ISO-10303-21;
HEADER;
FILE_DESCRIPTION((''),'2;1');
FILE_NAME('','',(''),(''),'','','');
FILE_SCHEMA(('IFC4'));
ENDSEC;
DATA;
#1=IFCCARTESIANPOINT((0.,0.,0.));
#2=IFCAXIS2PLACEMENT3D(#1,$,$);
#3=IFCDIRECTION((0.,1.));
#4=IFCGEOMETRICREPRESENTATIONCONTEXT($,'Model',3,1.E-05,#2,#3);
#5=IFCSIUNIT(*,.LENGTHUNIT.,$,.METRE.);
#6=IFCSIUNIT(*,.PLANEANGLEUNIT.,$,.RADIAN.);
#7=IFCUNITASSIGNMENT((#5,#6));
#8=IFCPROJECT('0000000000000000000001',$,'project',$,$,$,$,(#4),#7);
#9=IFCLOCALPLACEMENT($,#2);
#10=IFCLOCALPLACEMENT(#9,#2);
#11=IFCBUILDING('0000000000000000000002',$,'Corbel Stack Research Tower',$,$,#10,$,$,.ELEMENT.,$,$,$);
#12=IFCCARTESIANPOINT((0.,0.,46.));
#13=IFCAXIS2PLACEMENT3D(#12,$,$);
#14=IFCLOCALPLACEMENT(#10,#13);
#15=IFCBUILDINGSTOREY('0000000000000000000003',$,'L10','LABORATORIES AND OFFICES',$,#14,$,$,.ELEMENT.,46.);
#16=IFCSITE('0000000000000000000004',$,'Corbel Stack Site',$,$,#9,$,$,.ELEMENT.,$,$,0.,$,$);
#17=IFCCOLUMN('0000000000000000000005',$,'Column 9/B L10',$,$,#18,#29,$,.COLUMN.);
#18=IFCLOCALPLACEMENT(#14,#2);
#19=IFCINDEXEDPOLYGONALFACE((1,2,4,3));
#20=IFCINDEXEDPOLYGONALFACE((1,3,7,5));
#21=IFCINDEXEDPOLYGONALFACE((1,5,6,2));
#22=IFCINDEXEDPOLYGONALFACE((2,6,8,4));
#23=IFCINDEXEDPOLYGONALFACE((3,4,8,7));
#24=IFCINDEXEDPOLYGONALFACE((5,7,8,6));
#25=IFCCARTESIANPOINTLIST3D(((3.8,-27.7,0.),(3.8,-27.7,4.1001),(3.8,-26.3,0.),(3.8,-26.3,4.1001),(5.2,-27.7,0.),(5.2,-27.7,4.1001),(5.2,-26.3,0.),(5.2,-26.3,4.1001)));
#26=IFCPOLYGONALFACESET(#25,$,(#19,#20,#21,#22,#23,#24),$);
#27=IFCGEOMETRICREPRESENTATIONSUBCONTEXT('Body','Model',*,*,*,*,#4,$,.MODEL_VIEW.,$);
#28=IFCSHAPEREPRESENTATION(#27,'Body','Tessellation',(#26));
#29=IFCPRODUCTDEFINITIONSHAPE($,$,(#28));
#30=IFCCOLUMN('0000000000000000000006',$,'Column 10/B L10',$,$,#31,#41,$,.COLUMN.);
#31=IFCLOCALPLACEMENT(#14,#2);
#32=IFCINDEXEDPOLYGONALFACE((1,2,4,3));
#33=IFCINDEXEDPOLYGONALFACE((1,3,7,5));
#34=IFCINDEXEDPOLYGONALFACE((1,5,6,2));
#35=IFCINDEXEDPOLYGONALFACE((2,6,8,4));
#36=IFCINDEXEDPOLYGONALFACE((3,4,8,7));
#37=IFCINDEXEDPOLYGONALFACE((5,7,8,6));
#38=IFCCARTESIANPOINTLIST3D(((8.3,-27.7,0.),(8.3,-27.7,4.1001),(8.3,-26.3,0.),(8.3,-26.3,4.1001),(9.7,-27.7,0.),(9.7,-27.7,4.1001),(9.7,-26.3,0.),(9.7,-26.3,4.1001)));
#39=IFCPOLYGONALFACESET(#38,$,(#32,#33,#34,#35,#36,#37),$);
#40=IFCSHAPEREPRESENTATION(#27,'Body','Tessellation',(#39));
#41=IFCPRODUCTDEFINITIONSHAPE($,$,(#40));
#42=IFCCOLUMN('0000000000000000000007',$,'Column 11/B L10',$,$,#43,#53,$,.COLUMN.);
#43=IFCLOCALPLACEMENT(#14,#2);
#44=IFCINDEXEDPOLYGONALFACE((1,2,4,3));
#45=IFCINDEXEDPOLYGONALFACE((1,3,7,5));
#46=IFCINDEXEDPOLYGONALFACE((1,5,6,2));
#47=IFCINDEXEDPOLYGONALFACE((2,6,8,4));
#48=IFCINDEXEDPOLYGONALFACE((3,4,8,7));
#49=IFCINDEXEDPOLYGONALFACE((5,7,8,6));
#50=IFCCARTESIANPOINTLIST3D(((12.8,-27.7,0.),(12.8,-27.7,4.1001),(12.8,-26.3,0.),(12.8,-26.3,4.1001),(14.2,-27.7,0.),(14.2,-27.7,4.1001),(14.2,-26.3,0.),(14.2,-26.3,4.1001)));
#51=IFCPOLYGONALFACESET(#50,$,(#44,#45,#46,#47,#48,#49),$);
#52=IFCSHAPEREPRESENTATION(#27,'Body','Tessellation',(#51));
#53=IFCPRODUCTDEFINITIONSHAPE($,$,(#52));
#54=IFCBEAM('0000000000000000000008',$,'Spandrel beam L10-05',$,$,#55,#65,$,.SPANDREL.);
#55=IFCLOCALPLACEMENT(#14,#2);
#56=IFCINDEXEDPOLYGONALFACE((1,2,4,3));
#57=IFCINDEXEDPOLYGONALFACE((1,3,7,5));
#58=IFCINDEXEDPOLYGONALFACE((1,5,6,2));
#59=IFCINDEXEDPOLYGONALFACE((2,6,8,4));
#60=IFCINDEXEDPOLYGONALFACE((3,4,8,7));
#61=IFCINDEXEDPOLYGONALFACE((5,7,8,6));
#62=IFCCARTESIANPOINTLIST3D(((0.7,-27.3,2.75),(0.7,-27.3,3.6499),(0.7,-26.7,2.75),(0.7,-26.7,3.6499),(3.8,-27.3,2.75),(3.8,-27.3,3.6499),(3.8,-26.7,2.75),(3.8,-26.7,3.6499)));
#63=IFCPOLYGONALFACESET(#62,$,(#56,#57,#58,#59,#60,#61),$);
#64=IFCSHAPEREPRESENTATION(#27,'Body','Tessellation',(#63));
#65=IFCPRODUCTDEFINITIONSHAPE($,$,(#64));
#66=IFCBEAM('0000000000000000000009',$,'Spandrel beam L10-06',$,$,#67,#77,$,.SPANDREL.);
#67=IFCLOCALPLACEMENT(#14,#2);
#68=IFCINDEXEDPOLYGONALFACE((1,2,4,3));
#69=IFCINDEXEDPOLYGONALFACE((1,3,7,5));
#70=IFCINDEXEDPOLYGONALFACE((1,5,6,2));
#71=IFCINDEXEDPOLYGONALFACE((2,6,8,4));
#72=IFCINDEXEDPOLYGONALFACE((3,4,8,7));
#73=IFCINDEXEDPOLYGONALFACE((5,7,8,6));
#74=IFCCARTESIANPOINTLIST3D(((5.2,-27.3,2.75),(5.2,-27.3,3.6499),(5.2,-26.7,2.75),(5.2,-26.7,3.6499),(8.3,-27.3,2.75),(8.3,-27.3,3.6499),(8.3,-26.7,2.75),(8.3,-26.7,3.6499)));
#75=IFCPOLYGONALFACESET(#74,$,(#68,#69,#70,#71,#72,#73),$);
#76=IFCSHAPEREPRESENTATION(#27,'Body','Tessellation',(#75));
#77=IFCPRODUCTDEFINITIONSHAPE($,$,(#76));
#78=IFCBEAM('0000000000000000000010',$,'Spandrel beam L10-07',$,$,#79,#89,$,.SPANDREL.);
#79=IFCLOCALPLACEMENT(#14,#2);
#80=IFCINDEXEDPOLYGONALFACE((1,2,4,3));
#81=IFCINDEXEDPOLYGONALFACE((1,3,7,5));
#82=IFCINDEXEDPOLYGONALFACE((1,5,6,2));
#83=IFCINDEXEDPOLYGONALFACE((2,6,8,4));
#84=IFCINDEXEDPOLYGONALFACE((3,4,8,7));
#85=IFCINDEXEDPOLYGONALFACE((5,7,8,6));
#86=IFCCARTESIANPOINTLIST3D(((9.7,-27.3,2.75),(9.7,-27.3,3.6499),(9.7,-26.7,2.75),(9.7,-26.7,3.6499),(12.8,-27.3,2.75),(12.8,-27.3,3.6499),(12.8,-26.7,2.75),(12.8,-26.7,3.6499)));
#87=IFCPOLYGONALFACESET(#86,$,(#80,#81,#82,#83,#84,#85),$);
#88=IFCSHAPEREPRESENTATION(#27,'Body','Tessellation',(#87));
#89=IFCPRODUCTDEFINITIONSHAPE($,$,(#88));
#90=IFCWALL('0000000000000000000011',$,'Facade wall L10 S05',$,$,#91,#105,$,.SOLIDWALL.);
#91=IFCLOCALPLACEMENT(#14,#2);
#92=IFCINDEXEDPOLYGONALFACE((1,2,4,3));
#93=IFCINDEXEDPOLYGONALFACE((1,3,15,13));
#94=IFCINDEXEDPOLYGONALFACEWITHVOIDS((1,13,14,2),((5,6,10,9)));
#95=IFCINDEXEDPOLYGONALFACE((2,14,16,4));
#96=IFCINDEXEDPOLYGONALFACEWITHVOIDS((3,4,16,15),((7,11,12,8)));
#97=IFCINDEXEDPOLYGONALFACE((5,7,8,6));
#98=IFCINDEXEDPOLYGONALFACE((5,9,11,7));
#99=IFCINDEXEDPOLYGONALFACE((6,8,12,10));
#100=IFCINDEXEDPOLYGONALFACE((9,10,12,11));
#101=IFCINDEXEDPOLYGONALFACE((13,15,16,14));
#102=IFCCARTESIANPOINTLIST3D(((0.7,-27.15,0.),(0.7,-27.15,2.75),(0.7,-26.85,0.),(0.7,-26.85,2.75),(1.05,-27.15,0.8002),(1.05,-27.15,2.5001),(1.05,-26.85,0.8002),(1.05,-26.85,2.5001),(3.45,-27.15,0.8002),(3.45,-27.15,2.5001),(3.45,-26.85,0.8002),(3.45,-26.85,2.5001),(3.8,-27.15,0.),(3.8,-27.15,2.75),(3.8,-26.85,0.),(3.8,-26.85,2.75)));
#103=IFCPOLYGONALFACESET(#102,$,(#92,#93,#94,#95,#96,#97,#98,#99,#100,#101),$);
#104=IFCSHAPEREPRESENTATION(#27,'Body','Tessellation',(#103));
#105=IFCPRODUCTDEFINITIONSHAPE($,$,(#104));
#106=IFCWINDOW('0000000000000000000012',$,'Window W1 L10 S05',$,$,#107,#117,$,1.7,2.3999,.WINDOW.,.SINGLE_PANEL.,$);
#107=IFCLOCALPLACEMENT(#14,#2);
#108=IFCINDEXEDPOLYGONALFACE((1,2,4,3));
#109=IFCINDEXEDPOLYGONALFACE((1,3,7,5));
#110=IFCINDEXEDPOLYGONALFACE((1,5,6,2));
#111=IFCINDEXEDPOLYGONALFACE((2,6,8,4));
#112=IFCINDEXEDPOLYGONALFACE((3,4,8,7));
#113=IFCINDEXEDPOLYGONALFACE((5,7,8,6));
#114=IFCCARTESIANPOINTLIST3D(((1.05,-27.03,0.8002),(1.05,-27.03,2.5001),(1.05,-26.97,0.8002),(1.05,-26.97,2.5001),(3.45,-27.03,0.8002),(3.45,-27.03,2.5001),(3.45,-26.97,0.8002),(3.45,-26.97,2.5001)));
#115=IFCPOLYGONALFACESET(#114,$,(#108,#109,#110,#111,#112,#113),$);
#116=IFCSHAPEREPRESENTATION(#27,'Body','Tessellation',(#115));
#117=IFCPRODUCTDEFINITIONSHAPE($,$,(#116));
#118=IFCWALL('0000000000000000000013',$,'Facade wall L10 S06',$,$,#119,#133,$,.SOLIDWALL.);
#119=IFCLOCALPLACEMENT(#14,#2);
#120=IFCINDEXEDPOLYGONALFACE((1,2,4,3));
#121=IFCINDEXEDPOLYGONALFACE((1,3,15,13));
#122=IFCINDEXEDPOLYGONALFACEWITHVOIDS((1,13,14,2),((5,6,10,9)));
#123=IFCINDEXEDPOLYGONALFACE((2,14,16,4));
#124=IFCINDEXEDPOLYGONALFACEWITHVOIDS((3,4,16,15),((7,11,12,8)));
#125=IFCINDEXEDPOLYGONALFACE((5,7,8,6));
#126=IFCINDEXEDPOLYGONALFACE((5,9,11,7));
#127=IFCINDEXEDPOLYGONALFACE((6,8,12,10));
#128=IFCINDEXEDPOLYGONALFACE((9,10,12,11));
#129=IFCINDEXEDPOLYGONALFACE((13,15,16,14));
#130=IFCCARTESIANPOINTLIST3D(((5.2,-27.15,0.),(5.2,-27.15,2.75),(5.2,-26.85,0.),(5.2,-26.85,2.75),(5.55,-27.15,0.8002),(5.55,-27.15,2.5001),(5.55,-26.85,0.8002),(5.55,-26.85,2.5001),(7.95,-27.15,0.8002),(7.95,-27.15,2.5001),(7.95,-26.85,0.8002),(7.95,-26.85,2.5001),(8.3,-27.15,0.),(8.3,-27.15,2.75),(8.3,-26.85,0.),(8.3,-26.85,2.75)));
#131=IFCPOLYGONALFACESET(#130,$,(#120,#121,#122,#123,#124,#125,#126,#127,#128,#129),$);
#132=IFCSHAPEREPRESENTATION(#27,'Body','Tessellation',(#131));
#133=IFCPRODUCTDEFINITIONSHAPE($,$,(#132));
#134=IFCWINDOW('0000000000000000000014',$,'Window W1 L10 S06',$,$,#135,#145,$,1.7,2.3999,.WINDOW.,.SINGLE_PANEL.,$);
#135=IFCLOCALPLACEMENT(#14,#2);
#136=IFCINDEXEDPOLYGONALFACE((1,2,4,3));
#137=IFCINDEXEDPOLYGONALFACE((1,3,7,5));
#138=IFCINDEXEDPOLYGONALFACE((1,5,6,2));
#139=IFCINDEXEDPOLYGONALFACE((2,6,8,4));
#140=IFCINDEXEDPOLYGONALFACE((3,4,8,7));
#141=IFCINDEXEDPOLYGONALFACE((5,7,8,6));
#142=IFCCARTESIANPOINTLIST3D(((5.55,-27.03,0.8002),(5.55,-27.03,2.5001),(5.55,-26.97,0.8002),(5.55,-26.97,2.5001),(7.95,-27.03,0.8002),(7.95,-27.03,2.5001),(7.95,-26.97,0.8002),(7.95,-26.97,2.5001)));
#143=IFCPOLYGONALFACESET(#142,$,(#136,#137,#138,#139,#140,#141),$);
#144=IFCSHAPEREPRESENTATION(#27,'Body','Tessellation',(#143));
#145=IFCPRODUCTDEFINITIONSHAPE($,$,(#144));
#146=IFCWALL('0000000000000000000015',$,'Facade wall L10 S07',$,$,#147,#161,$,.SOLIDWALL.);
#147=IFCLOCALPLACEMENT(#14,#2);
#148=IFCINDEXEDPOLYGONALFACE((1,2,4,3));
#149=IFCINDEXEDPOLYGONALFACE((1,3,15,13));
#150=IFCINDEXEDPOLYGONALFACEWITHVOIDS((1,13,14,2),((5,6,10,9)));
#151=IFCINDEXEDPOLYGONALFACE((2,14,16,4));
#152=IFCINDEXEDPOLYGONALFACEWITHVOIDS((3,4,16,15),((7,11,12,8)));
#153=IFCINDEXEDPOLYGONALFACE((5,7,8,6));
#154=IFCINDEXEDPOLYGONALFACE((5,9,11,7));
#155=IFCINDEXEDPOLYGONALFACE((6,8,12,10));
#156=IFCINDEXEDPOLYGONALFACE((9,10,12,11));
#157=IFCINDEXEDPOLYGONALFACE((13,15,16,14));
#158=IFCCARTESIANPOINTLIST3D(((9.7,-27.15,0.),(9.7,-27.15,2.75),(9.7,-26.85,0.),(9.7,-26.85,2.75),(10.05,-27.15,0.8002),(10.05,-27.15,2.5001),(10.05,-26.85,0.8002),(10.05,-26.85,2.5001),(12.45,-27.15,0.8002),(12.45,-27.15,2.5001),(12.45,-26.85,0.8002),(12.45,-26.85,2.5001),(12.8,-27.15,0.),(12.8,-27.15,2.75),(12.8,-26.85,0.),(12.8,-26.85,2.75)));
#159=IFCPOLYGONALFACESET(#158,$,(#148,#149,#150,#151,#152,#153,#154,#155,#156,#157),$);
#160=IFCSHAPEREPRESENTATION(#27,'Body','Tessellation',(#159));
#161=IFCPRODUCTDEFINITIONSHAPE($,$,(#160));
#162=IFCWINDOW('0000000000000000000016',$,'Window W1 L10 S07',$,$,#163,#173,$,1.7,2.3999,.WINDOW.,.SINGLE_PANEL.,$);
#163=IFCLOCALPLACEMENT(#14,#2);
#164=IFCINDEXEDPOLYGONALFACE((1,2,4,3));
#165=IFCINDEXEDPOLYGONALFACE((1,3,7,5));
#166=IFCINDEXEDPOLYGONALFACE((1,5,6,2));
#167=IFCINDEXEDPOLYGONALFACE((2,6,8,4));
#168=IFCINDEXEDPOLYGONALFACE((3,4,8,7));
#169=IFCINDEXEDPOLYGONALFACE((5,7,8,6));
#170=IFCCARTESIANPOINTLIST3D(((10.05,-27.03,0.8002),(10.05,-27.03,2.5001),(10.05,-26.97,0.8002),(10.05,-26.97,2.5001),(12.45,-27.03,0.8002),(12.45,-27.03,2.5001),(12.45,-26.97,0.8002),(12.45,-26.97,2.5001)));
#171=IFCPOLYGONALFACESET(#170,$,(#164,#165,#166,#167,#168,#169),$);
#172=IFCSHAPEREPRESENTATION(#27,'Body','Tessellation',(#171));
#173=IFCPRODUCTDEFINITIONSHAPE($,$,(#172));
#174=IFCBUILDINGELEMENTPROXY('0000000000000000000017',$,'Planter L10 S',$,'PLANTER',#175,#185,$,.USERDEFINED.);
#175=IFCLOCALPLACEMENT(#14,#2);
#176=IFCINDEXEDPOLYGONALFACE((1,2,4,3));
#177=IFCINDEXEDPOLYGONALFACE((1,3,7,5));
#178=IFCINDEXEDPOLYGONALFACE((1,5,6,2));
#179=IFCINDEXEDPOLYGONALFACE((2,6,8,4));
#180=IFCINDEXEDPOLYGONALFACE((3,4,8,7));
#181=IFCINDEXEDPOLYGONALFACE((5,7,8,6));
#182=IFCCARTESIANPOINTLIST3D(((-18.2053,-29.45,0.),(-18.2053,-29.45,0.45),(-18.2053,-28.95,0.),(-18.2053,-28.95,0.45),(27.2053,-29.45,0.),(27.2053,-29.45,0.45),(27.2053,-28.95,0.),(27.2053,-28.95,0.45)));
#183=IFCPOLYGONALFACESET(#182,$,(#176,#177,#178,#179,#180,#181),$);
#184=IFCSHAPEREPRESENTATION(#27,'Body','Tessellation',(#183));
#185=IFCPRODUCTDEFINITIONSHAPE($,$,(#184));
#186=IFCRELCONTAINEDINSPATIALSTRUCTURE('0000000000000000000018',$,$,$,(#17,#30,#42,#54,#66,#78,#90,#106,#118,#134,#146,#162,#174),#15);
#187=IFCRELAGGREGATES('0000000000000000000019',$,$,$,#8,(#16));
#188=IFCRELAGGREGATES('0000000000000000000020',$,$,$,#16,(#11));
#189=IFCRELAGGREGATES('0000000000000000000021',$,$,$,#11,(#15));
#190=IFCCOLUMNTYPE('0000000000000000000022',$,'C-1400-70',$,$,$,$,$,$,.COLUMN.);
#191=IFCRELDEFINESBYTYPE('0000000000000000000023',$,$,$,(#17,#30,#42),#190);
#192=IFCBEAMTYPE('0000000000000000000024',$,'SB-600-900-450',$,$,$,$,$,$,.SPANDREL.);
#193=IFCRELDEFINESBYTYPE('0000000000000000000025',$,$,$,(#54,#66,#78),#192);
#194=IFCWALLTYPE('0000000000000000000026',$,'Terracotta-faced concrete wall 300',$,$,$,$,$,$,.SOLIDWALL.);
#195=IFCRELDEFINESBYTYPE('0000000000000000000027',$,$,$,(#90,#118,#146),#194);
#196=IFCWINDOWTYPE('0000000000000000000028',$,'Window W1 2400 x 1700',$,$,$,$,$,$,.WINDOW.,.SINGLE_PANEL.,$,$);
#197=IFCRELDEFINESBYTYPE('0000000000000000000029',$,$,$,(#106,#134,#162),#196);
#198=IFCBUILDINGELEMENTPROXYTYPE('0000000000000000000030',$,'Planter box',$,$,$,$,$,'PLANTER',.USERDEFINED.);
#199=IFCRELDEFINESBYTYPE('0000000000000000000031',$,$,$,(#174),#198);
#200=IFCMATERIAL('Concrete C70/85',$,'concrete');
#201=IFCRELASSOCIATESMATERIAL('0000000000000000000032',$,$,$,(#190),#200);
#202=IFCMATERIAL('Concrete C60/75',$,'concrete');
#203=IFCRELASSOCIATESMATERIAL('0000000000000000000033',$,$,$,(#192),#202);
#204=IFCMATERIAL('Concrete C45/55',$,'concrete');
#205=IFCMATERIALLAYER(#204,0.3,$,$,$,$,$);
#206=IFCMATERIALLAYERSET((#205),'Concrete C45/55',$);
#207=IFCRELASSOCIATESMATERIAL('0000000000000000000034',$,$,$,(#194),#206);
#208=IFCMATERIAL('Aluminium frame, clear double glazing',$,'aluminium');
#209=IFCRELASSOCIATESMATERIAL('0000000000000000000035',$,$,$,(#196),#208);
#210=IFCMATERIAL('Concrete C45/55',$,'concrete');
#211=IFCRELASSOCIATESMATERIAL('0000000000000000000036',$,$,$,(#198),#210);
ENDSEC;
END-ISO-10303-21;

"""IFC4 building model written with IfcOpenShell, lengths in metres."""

from ifc_helpers import new_model, si_unit, direction, frame, frame_2d, origin, origin_2d, place, context, subcontext, project, spatial, rectangle, extrude, material, layer, layer_set, material_profile, profile_set, type_object, element, fill, save


model = new_model("IFC4")

# Units and contexts
model_context = context("Model", 3, precision=1e-05, world=origin(), true_north=direction((0.0, 1.0)))
body_context = subcontext(model_context, "Body", "Model", "MODEL_VIEW")
ifc_project = project(units=[si_unit("LENGTHUNIT", "METRE"), si_unit("PLANEANGLEUNIT", "RADIAN")], contexts=[model_context])

# Site, building, storey
site_placement = place(None, origin())
site = spatial("IfcSite", under=ifc_project, at=site_placement, Name="Corbel Stack Site", CompositionType="ELEMENT", RefElevation=0.0)
building_placement = place(site_placement, origin())
building = spatial("IfcBuilding", under=site, at=building_placement, Name="Corbel Stack Research Tower", CompositionType="ELEMENT")
storey_placement = place(building_placement, frame((0.0, 0.0, 46.0)))
storey = spatial("IfcBuildingStorey", under=building, at=storey_placement, Name="L10", Description="LABORATORIES AND OFFICES", CompositionType="ELEMENT", Elevation=46.0)

# Columns
ifc_material_1 = material(Name="Concrete C70/85", Category="concrete")
ifc_material_profile_1 = material_profile(ifc_material_1, rectangle(XDim=1.3999, YDim=1.3999, at=origin_2d()), Name="RC 1400 x 1400")
ifc_profile_set_1 = profile_set([ifc_material_profile_1], Name="Concrete C70/85")
column_type = type_object("IfcColumnType", Name="C-1400-70", PredefinedType="COLUMN", material=ifc_profile_set_1)
for number, where, z_axis, x_axis, name in (
    (1, (4.5, -27.0, 0.0), (0.0, 0.0, 1.0), (1.0, 0.0, 0.0), "Column 9/B L10"),
    (2, (9.0, -27.0, 0.0), (0.0, 0.0, 1.0), (1.0, 0.0, 0.0), "Column 10/B L10"),
    (3, (13.5, -27.0, 0.0), (0.0, 0.0, 1.0), (1.0, 0.0, 0.0), "Column 11/B L10"),
):
    element("IfcColumn", number, at=place(storey_placement, frame(where, z_axis=z_axis, x_axis=x_axis)), inside=storey, type_object=column_type, Name=name, PredefinedType="COLUMN", context=body_context, shape_type="SweptSolid", body=[
        extrude(rectangle(XDim=1.3999, YDim=1.3999, at=origin_2d()), origin(), (0.0, 0.0, 1.0), 4.1001),
    ])

# Beams
ifc_material_2 = material(Name="Concrete C60/75", Category="concrete")
ifc_material_profile_2 = material_profile(ifc_material_2, rectangle(XDim=0.6001, YDim=0.8999, at=origin_2d()), Name="RC 600 x 900")
ifc_profile_set_2 = profile_set([ifc_material_profile_2], Name="Concrete C60/75")
beam_type = type_object("IfcBeamType", Name="SB-600-900-450", PredefinedType="SPANDREL", material=ifc_profile_set_2)
for number, where, z_axis, x_axis, name in (
    (4, (0.7, -27.0, 3.2), (1.0, 0.0, 0.0), (0.0, 1.0, 0.0), "Spandrel beam L10-05"),
    (5, (5.2, -27.0, 3.2), (1.0, 0.0, 0.0), (0.0, 1.0, 0.0), "Spandrel beam L10-06"),
    (6, (9.7, -27.0, 3.2), (1.0, 0.0, 0.0), (0.0, 1.0, 0.0), "Spandrel beam L10-07"),
):
    element("IfcBeam", number, at=place(storey_placement, frame(where, z_axis=z_axis, x_axis=x_axis)), inside=storey, type_object=beam_type, Name=name, PredefinedType="SPANDREL", context=body_context, shape_type="SweptSolid", body=[
        extrude(rectangle(XDim=0.6001, YDim=0.8999, at=origin_2d()), origin(), (0.0, 0.0, 1.0), 3.1001),
    ])

# Walls, openings, windows
ifc_material_3 = material(Name="Concrete C45/55", Category="concrete")
ifc_layer = layer(ifc_material_3, 0.3)
ifc_layer_set = layer_set([ifc_layer], Name="Concrete C45/55")
wall_type = type_object("IfcWallType", Name="Terracotta-faced concrete wall 300", PredefinedType="SOLIDWALL", material=ifc_layer_set)
wall_1_placement = place(storey_placement, frame((3.8, -27.0, 0.0), z_axis=(0.0, 0.0, 1.0), x_axis=(-1.0, 0.0, 0.0)))
wall_1 = element("IfcWall", 7, at=wall_1_placement, inside=storey, type_object=wall_type, Name="Facade wall L10 S05", PredefinedType="SOLIDWALL", context=body_context, shape_type="SweptSolid", body=[
    extrude(rectangle(XDim=3.1001, YDim=0.3, at=frame_2d((1.55, 0.0))), origin(), (0.0, 0.0, 1.0), 2.75),
])
opening_1_placement = place(wall_1_placement, frame((0.3501, 0.0, 0.8)))
opening_1 = element("IfcOpeningElement", 8, at=opening_1_placement, cuts=wall_1, PredefinedType="OPENING", context=body_context, shape_type="SweptSolid", body=[
    extrude(rectangle(XDim=2.3999, YDim=1.7, at=frame_2d((1.2, 0.8501))), frame((0.0, 0.1599, 0.0), z_axis=(0.0, -1.0, 0.0), x_axis=(1.0, 0.0, 0.0)), (0.0, 0.0, 1.0), 0.3201),
])
ifc_material_4 = material(Name="Aluminium frame, clear double glazing", Category="aluminium")
window_type = type_object("IfcWindowType", Name="Window W1 2400 x 1700", PartitioningType="SINGLE_PANEL", PredefinedType="WINDOW", material=ifc_material_4)
window_1_placement = place(opening_1_placement, origin())
window_1 = element("IfcWindow", 9, at=window_1_placement, inside=storey, type_object=window_type, Name="Window W1 L10 S05", OverallHeight=1.7, OverallWidth=2.3999, PartitioningType="SINGLE_PANEL", PredefinedType="WINDOW", context=body_context, shape_type="SweptSolid", body=[
    extrude(rectangle(XDim=2.3999, YDim=1.7, at=frame_2d((1.2, 0.8501))), frame((0.0, 0.03, 0.0), z_axis=(0.0, -1.0, 0.0), x_axis=(1.0, 0.0, 0.0)), (0.0, 0.0, 1.0), 0.0601),
])
fill(opening_1, window_1)
wall_2_placement = place(storey_placement, frame((8.3, -27.0, 0.0), z_axis=(0.0, 0.0, 1.0), x_axis=(-1.0, 0.0, 0.0)))
wall_2 = element("IfcWall", 10, at=wall_2_placement, inside=storey, type_object=wall_type, Name="Facade wall L10 S06", PredefinedType="SOLIDWALL", context=body_context, shape_type="SweptSolid", body=[
    extrude(rectangle(XDim=3.1001, YDim=0.3, at=frame_2d((1.55, 0.0))), origin(), (0.0, 0.0, 1.0), 2.75),
])
opening_2_placement = place(wall_2_placement, frame((0.3501, 0.0, 0.8)))
opening_2 = element("IfcOpeningElement", 11, at=opening_2_placement, cuts=wall_2, PredefinedType="OPENING", context=body_context, shape_type="SweptSolid", body=[
    extrude(rectangle(XDim=2.3999, YDim=1.7, at=frame_2d((1.2, 0.8501))), frame((0.0, 0.1599, 0.0), z_axis=(0.0, -1.0, 0.0), x_axis=(1.0, 0.0, 0.0)), (0.0, 0.0, 1.0), 0.3201),
])
window_2_placement = place(opening_2_placement, origin())
window_2 = element("IfcWindow", 12, at=window_2_placement, inside=storey, type_object=window_type, Name="Window W1 L10 S06", OverallHeight=1.7, OverallWidth=2.3999, PartitioningType="SINGLE_PANEL", PredefinedType="WINDOW", context=body_context, shape_type="SweptSolid", body=[
    extrude(rectangle(XDim=2.3999, YDim=1.7, at=frame_2d((1.2, 0.8501))), frame((0.0, 0.03, 0.0), z_axis=(0.0, -1.0, 0.0), x_axis=(1.0, 0.0, 0.0)), (0.0, 0.0, 1.0), 0.0601),
])
fill(opening_2, window_2)
wall_3_placement = place(storey_placement, frame((12.8, -27.0, 0.0), z_axis=(0.0, 0.0, 1.0), x_axis=(-1.0, 0.0, 0.0)))
wall_3 = element("IfcWall", 13, at=wall_3_placement, inside=storey, type_object=wall_type, Name="Facade wall L10 S07", PredefinedType="SOLIDWALL", context=body_context, shape_type="SweptSolid", body=[
    extrude(rectangle(XDim=3.1001, YDim=0.3, at=frame_2d((1.55, 0.0))), origin(), (0.0, 0.0, 1.0), 2.75),
])
opening_3_placement = place(wall_3_placement, frame((0.3501, 0.0, 0.8)))
opening_3 = element("IfcOpeningElement", 14, at=opening_3_placement, cuts=wall_3, PredefinedType="OPENING", context=body_context, shape_type="SweptSolid", body=[
    extrude(rectangle(XDim=2.3999, YDim=1.7, at=frame_2d((1.2, 0.8501))), frame((0.0, 0.1599, 0.0), z_axis=(0.0, -1.0, 0.0), x_axis=(1.0, 0.0, 0.0)), (0.0, 0.0, 1.0), 0.3201),
])
window_3_placement = place(opening_3_placement, origin())
window_3 = element("IfcWindow", 15, at=window_3_placement, inside=storey, type_object=window_type, Name="Window W1 L10 S07", OverallHeight=1.7, OverallWidth=2.3999, PartitioningType="SINGLE_PANEL", PredefinedType="WINDOW", context=body_context, shape_type="SweptSolid", body=[
    extrude(rectangle(XDim=2.3999, YDim=1.7, at=frame_2d((1.2, 0.8501))), frame((0.0, 0.03, 0.0), z_axis=(0.0, -1.0, 0.0), x_axis=(1.0, 0.0, 0.0)), (0.0, 0.0, 1.0), 0.0601),
])
fill(opening_3, window_3)

# Building element proxy
ifc_material_5 = material(Name="Concrete C45/55", Category="concrete")
building_element_proxy_type = type_object("IfcBuildingElementProxyType", Name="Planter box", ElementType="PLANTER", PredefinedType="USERDEFINED", material=ifc_material_5)
proxy_placement = place(storey_placement, frame((4.5, -29.2, 0.0), z_axis=(0.0, 0.0, 1.0), x_axis=(1.0, 0.0, 0.0)))
element("IfcBuildingElementProxy", 16, at=proxy_placement, inside=storey, type_object=building_element_proxy_type, Name="Planter L10 S", ObjectType="PLANTER", PredefinedType="USERDEFINED", context=body_context, shape_type="SweptSolid", body=[
    extrude(rectangle(XDim=45.4106, YDim=0.5, at=origin_2d()), origin(), (0.0, 0.0, 1.0), 0.45),
])

save(model, "model.ifc")
